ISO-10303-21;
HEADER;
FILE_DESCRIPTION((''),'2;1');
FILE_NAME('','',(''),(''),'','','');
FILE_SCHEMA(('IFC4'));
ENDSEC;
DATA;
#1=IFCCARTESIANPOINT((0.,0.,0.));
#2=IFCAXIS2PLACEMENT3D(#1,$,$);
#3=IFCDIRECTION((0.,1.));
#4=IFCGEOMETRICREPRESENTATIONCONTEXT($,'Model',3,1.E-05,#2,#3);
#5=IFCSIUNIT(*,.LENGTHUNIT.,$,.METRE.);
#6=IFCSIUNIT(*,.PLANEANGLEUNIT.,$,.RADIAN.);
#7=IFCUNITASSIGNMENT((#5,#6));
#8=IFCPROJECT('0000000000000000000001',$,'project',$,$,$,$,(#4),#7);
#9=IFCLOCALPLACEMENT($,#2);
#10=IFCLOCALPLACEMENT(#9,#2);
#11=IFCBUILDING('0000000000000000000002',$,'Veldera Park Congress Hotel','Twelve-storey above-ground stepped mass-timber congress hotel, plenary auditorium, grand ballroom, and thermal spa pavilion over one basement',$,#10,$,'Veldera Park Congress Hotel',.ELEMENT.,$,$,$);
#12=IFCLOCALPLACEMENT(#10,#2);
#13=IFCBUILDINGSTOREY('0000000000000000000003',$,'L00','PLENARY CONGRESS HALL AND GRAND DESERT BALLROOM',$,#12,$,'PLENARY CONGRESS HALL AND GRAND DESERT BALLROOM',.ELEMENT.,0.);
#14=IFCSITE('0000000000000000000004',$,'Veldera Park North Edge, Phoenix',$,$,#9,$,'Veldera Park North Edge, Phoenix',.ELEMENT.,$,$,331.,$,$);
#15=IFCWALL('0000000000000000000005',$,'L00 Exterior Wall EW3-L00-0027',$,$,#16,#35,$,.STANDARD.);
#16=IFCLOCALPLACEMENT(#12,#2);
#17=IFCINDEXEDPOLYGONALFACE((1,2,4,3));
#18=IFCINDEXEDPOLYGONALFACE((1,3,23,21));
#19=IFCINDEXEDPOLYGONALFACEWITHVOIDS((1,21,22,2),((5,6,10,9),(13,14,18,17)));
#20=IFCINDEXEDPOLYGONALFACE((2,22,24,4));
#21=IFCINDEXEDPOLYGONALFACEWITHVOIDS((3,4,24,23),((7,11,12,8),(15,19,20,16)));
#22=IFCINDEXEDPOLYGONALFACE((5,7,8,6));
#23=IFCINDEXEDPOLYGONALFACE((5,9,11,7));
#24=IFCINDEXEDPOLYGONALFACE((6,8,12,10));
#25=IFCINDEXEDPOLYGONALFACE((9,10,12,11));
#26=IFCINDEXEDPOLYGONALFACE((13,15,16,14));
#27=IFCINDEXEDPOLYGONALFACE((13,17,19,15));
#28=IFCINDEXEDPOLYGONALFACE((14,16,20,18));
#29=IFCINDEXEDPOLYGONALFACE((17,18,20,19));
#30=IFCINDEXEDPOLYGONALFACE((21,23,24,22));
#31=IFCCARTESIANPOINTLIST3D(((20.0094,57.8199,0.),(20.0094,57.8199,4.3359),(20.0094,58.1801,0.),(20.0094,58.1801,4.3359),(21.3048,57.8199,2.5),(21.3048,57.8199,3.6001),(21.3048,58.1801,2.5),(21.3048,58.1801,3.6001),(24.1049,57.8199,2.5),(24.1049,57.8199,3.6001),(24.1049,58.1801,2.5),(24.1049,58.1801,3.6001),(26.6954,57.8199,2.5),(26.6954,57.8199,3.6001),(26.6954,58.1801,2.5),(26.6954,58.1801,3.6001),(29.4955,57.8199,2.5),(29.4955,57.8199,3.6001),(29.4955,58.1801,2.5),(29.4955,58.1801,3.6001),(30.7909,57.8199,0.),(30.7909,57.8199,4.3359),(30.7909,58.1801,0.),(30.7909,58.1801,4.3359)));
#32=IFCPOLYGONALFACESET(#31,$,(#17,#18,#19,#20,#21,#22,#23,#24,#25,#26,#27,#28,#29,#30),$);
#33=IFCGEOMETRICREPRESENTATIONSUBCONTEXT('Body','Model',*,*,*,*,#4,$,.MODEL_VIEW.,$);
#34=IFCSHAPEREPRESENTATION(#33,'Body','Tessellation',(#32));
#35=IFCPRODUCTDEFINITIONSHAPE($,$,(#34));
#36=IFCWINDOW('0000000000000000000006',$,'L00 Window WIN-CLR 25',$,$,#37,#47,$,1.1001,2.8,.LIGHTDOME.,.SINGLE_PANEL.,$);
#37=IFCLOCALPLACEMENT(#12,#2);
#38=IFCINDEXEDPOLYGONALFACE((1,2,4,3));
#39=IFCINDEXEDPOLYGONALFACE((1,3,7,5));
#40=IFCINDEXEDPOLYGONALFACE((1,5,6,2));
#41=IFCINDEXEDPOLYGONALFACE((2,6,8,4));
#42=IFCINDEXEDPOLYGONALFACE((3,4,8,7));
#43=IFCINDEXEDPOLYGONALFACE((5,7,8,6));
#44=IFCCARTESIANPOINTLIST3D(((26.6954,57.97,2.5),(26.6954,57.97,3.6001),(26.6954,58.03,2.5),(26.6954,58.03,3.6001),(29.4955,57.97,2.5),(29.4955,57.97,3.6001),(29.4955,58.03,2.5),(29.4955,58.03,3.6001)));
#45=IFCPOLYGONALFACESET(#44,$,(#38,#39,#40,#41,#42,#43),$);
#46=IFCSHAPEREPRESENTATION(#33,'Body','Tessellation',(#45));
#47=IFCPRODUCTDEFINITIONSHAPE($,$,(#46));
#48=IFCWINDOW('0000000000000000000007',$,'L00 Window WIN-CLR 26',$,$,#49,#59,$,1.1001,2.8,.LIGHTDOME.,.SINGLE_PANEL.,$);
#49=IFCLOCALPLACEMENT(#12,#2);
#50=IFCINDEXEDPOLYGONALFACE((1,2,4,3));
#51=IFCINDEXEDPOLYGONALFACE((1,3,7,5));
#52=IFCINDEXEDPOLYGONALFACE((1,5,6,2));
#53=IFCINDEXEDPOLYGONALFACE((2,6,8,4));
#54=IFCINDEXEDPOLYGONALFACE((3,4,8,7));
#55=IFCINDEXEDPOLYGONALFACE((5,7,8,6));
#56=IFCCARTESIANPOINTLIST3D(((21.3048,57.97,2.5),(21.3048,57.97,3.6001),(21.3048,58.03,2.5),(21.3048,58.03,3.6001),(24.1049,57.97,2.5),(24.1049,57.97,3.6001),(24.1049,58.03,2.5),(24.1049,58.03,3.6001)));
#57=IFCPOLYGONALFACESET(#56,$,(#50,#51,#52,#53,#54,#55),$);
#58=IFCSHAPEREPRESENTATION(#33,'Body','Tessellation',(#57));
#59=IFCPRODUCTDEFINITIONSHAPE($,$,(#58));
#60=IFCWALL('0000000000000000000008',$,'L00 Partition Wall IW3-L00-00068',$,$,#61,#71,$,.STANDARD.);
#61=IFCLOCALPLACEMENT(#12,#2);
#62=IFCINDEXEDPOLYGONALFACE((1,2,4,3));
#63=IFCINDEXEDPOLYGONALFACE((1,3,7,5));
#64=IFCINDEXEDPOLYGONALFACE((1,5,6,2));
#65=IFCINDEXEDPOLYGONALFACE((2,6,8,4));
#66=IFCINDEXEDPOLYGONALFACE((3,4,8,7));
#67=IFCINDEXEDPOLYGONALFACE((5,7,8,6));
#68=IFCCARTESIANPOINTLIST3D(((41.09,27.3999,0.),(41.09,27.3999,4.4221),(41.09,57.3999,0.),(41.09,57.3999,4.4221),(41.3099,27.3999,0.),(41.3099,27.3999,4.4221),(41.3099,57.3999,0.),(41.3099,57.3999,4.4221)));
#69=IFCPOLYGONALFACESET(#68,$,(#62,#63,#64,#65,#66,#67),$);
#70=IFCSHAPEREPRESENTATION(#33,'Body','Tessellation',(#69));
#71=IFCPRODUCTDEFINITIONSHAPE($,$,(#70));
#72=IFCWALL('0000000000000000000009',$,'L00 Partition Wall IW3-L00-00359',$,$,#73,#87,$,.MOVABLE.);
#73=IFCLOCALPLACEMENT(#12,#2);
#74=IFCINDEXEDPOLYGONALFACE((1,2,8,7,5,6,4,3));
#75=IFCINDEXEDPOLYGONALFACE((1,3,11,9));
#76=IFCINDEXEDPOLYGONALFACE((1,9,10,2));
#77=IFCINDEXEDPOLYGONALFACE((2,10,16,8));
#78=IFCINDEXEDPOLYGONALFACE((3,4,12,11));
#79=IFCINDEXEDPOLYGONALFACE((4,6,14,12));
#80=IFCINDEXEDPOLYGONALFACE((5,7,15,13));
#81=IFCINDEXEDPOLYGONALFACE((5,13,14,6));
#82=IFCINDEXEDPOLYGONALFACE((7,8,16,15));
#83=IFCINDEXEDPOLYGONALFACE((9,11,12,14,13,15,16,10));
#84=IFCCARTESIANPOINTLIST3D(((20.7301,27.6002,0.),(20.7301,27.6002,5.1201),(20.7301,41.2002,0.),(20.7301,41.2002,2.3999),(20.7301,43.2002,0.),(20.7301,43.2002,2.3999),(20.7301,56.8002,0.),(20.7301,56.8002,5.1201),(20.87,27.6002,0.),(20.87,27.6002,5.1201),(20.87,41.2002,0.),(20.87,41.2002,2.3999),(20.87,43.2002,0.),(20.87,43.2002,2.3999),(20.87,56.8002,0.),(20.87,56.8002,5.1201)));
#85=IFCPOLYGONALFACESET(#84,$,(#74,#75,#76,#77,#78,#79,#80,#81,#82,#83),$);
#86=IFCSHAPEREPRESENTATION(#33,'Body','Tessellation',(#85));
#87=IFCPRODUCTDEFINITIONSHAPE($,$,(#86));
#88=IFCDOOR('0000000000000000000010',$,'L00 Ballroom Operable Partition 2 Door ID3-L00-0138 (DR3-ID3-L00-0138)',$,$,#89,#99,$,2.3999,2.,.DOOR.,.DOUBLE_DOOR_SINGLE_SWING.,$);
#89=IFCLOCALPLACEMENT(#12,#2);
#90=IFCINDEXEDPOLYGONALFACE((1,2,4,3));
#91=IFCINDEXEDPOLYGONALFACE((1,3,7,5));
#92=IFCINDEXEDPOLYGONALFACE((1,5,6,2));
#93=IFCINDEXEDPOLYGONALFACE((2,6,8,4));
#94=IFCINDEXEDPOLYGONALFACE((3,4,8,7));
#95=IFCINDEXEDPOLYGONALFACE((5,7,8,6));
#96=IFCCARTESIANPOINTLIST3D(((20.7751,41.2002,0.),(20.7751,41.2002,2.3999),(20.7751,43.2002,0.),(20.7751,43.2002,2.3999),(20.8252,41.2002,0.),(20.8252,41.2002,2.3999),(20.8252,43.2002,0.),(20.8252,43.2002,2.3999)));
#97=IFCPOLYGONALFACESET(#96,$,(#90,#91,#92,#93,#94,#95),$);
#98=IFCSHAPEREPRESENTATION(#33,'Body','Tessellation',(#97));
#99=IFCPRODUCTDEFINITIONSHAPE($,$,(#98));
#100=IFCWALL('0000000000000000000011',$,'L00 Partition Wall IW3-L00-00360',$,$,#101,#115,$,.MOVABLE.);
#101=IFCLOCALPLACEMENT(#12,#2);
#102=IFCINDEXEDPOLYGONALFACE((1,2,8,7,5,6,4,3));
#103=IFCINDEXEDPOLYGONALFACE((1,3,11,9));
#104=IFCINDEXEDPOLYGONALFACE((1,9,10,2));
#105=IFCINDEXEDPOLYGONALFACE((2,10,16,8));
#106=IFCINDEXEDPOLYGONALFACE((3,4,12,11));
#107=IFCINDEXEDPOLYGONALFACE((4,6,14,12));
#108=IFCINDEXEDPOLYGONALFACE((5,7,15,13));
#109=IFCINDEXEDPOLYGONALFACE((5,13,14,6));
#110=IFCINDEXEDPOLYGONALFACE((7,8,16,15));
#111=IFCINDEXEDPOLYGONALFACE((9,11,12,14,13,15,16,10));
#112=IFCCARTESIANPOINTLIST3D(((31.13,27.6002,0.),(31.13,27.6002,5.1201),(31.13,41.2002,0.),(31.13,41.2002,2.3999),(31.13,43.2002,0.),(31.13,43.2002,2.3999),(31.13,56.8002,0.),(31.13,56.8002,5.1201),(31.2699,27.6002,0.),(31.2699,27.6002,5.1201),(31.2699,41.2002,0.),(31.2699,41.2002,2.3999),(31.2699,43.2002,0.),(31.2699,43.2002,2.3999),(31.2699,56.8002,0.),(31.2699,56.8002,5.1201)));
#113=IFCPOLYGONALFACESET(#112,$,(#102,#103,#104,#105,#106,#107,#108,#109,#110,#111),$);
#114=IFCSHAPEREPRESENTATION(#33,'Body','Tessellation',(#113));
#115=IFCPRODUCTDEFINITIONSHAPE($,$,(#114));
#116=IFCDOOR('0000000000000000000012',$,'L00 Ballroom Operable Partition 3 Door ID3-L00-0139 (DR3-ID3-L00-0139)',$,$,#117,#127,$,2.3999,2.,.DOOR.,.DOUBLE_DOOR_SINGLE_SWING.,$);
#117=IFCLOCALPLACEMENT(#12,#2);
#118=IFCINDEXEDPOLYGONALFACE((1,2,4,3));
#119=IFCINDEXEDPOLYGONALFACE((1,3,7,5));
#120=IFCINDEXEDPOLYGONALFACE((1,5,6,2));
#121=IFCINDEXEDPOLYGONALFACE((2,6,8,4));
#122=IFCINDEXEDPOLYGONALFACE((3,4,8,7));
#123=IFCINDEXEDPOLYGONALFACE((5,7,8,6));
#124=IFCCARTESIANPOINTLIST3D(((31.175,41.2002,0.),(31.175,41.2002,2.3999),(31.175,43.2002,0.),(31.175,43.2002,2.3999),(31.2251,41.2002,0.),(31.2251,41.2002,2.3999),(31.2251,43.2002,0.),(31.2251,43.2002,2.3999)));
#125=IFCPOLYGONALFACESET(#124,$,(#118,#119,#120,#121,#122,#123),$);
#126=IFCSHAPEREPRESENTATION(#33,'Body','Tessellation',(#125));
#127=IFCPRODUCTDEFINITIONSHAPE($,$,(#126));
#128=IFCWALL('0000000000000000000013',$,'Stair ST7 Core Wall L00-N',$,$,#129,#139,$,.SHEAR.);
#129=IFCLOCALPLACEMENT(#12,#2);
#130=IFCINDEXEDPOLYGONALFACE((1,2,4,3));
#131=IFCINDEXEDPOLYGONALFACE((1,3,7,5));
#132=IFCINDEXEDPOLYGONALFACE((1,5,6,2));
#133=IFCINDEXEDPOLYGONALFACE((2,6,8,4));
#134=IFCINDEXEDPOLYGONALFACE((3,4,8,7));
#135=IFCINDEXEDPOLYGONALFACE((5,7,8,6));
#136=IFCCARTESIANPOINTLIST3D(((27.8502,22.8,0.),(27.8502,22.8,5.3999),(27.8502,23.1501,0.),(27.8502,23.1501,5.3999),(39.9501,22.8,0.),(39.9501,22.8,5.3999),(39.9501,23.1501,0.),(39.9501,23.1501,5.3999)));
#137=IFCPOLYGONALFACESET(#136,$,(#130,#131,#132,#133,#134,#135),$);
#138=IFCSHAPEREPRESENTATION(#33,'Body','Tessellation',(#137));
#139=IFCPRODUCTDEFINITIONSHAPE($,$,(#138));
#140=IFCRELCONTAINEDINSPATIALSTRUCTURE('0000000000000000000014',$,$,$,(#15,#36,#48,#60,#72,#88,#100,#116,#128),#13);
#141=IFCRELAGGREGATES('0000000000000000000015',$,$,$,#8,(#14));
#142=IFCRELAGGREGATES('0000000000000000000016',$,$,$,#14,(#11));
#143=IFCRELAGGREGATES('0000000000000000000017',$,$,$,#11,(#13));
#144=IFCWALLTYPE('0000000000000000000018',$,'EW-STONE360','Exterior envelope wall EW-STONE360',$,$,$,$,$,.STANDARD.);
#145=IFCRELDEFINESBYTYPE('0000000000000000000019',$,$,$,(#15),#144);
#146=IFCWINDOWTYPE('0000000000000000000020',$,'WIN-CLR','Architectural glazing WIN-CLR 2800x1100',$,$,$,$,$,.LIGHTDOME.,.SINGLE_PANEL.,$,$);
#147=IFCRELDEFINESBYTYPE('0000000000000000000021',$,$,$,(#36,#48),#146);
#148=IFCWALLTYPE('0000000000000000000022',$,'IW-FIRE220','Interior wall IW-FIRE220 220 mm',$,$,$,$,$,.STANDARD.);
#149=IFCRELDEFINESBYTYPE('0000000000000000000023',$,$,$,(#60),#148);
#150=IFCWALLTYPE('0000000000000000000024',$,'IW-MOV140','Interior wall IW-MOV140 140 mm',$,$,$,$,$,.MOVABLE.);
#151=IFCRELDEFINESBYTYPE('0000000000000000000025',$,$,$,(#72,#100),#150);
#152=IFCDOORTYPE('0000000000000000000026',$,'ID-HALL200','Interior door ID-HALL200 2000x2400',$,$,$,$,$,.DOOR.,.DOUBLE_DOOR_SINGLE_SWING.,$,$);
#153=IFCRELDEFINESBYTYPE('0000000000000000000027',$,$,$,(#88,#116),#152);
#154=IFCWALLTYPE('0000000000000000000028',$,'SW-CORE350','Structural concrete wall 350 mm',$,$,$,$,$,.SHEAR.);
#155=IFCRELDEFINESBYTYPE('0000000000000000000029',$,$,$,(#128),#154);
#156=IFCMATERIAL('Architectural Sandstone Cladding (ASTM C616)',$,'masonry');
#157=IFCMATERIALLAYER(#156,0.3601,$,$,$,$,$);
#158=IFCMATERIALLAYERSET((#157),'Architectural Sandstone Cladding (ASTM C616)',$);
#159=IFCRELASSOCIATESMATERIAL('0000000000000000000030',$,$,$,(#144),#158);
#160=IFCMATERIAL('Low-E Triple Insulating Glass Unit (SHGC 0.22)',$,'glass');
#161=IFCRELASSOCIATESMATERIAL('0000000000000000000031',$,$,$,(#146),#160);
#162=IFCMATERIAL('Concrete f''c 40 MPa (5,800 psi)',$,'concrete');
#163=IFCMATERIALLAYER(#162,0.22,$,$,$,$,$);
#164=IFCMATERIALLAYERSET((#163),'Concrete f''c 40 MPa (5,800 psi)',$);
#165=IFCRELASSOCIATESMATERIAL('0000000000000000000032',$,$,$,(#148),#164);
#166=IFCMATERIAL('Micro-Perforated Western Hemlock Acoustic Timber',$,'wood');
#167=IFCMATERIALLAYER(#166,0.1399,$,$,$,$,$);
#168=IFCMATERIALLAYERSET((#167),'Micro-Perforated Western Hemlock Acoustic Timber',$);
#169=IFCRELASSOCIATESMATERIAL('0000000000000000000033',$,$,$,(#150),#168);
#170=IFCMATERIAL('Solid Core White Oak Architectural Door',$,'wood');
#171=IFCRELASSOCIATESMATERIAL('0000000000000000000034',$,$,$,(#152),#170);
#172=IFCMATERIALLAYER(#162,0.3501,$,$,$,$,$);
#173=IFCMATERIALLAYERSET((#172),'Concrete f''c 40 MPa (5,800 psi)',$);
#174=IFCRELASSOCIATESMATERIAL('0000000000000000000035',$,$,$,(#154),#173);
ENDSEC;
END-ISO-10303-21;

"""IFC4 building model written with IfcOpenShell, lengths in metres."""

from ifc_helpers import new_model, si_unit, direction, frame, frame_2d, origin, place, context, subcontext, project, spatial, rectangle, extrude, material, layer, layer_set, type_object, element, fill, save


model = new_model("IFC4")

# Units and contexts
model_context = context("Model", 3, precision=1e-05, world=origin(), true_north=direction((0.0, 1.0)))
body_context = subcontext(model_context, "Body", "Model", "MODEL_VIEW")
ifc_project = project(units=[si_unit("LENGTHUNIT", "METRE"), si_unit("PLANEANGLEUNIT", "RADIAN")], contexts=[model_context])

# Site, building, storey
site_placement = place(None, origin())
site = spatial("IfcSite", under=ifc_project, at=site_placement, Name="Veldera Park North Edge, Phoenix", LongName="Veldera Park North Edge, Phoenix", CompositionType="ELEMENT", RefElevation=331.0)
building_placement = place(site_placement, origin())
building = spatial("IfcBuilding", under=site, at=building_placement, Name="Veldera Park Congress Hotel", Description="Twelve-storey above-ground stepped mass-timber congress hotel, plenary auditorium, grand ballroom, and thermal spa pavilion over one basement", LongName="Veldera Park Congress Hotel", CompositionType="ELEMENT")
storey_placement = place(building_placement, origin())
storey = spatial("IfcBuildingStorey", under=building, at=storey_placement, Name="L00", Description="PLENARY CONGRESS HALL AND GRAND DESERT BALLROOM", LongName="PLENARY CONGRESS HALL AND GRAND DESERT BALLROOM", CompositionType="ELEMENT", Elevation=0.0)

# Shared definitions
ifc_material_1 = material(Name="Architectural Sandstone Cladding (ASTM C616)", Category="masonry")
ifc_layer_1 = layer(ifc_material_1, 0.3601)
ifc_layer_set_1 = layer_set([ifc_layer_1], Name="Architectural Sandstone Cladding (ASTM C616)")
wall_type_1 = type_object("IfcWallType", Name="EW-STONE360", Description="Exterior envelope wall EW-STONE360", PredefinedType="STANDARD", material=ifc_layer_set_1)
ifc_material_2 = material(Name="Low-E Triple Insulating Glass Unit (SHGC 0.22)", Category="glass")
window_type = type_object("IfcWindowType", Name="WIN-CLR", Description="Architectural glazing WIN-CLR 2800x1100", PartitioningType="SINGLE_PANEL", PredefinedType="LIGHTDOME", material=ifc_material_2)

# Wall, openings, windows
wall_1_placement = place(storey_placement, frame((30.7908, 58.0, 0.0), z_axis=(0.0, 0.0, 1.0), x_axis=(-1.0, 0.0, 0.0)))
wall_1 = element("IfcWall", 1, at=wall_1_placement, inside=storey, type_object=wall_type_1, Name="L00 Exterior Wall EW3-L00-0027", PredefinedType="STANDARD", context=body_context, shape_type="SweptSolid", body=[
    extrude(rectangle(XDim=10.7815, YDim=0.3601, at=frame_2d((5.3906, 0.0))), origin(), (0.0, 0.0, 1.0), 4.3359),
])
opening_1_placement = place(wall_1_placement, frame((1.2954, 0.0, 2.5)))
opening_1 = element("IfcOpeningElement", 2, at=opening_1_placement, cuts=wall_1, PredefinedType="OPENING", context=body_context, shape_type="SweptSolid", body=[
    extrude(rectangle(XDim=2.8, YDim=1.1001, at=frame_2d((1.3999, 0.55))), frame((0.0, 0.1921, 0.0), z_axis=(0.0, -1.0, 0.0), x_axis=(1.0, 0.0, 0.0)), (0.0, 0.0, 1.0), 0.384),
])
opening_2_placement = place(wall_1_placement, frame((6.686, 0.0, 2.5)))
opening_2 = element("IfcOpeningElement", 3, at=opening_2_placement, cuts=wall_1, PredefinedType="OPENING", context=body_context, shape_type="SweptSolid", body=[
    extrude(rectangle(XDim=2.8, YDim=1.1001, at=frame_2d((1.3999, 0.55))), frame((0.0, 0.1921, 0.0), z_axis=(0.0, -1.0, 0.0), x_axis=(1.0, 0.0, 0.0)), (0.0, 0.0, 1.0), 0.384),
])
window_1_placement = place(opening_1_placement, origin())
window_1 = element("IfcWindow", 4, at=window_1_placement, inside=storey, type_object=window_type, Name="L00 Window WIN-CLR 25", OverallHeight=1.1001, OverallWidth=2.8, PartitioningType="SINGLE_PANEL", PredefinedType="LIGHTDOME", context=body_context, shape_type="SweptSolid", body=[
    extrude(rectangle(XDim=2.8, YDim=1.1001, at=frame_2d((1.3999, 0.55))), frame((0.0, 0.03, 0.0), z_axis=(0.0, -1.0, 0.0), x_axis=(1.0, 0.0, 0.0)), (0.0, 0.0, 1.0), 0.0601),
])
fill(opening_1, window_1)
window_2_placement = place(opening_2_placement, origin())
window_2 = element("IfcWindow", 5, at=window_2_placement, inside=storey, type_object=window_type, Name="L00 Window WIN-CLR 26", OverallHeight=1.1001, OverallWidth=2.8, PartitioningType="SINGLE_PANEL", PredefinedType="LIGHTDOME", context=body_context, shape_type="SweptSolid", body=[
    extrude(rectangle(XDim=2.8, YDim=1.1001, at=frame_2d((1.3999, 0.55))), frame((0.0, 0.03, 0.0), z_axis=(0.0, -1.0, 0.0), x_axis=(1.0, 0.0, 0.0)), (0.0, 0.0, 1.0), 0.0601),
])
fill(opening_2, window_2)

# Wall
ifc_material_3 = material(Name="Concrete f'c 40 MPa (5,800 psi)", Category="concrete")
ifc_layer_2 = layer(ifc_material_3, 0.22)
ifc_layer_set_2 = layer_set([ifc_layer_2], Name="Concrete f'c 40 MPa (5,800 psi)")
wall_type_2 = type_object("IfcWallType", Name="IW-FIRE220", Description="Interior wall IW-FIRE220 220 mm", PredefinedType="STANDARD", material=ifc_layer_set_2)
wall_2_placement = place(storey_placement, frame((41.2, 27.3999, 0.0), z_axis=(0.0, 0.0, 1.0), x_axis=(0.0, 1.0, 0.0)))
element("IfcWall", 6, at=wall_2_placement, inside=storey, type_object=wall_type_2, Name="L00 Partition Wall IW3-L00-00068", PredefinedType="STANDARD", context=body_context, shape_type="SweptSolid", body=[
    extrude(rectangle(XDim=30.0, YDim=0.22, at=frame_2d((15.0, 0.0))), origin(), (0.0, 0.0, 1.0), 4.4221),
])

# Walls, openings, doors
ifc_material_4 = material(Name="Micro-Perforated Western Hemlock Acoustic Timber", Category="wood")
ifc_layer_3 = layer(ifc_material_4, 0.1399)
ifc_layer_set_3 = layer_set([ifc_layer_3], Name="Micro-Perforated Western Hemlock Acoustic Timber")
wall_type_3 = type_object("IfcWallType", Name="IW-MOV140", Description="Interior wall IW-MOV140 140 mm", PredefinedType="MOVABLE", material=ifc_layer_set_3)
wall_3_placement = place(storey_placement, frame((20.8, 27.6001, 0.0), z_axis=(0.0, 0.0, 1.0), x_axis=(0.0, 1.0, 0.0)))
wall_3 = element("IfcWall", 7, at=wall_3_placement, inside=storey, type_object=wall_type_3, Name="L00 Partition Wall IW3-L00-00359", PredefinedType="MOVABLE", context=body_context, shape_type="SweptSolid", body=[
    extrude(rectangle(XDim=29.2, YDim=0.1399, at=frame_2d((14.6001, 0.0))), origin(), (0.0, 0.0, 1.0), 5.1201),
])
opening_3_placement = place(wall_3_placement, frame((13.6001, 0.0, 0.0)))
opening_3 = element("IfcOpeningElement", 8, at=opening_3_placement, cuts=wall_3, PredefinedType="OPENING", context=body_context, shape_type="SweptSolid", body=[
    extrude(rectangle(XDim=2.0, YDim=2.3999, at=frame_2d((1.0, 1.2))), frame((0.0, 0.082, 0.0), z_axis=(0.0, -1.0, 0.0), x_axis=(1.0, 0.0, 0.0)), (0.0, 0.0, 1.0), 0.1638),
])
ifc_material_5 = material(Name="Solid Core White Oak Architectural Door", Category="wood")
door_type_1 = type_object("IfcDoorType", Name="ID-HALL200", Description="Interior door ID-HALL200 2000x2400", OperationType="DOUBLE_DOOR_SINGLE_SWING", PredefinedType="DOOR", material=ifc_material_5)
door_1_placement = place(opening_3_placement, origin())
door_1 = element("IfcDoor", 9, at=door_1_placement, inside=storey, type_object=door_type_1, Name="L00 Ballroom Operable Partition 2 Door ID3-L00-0138 (DR3-ID3-L00-0138)", OperationType="DOUBLE_DOOR_SINGLE_SWING", OverallHeight=2.3999, OverallWidth=2.0, PredefinedType="DOOR", context=body_context, shape_type="SweptSolid", body=[
    extrude(rectangle(XDim=2.0, YDim=2.3999, at=frame_2d((1.0, 1.2))), frame((0.0, 0.0249, 0.0), z_axis=(0.0, -1.0, 0.0), x_axis=(1.0, 0.0, 0.0)), (0.0, 0.0, 1.0), 0.05),
])
fill(opening_3, door_1)
wall_4_placement = place(storey_placement, frame((31.2, 27.6001, 0.0), z_axis=(0.0, 0.0, 1.0), x_axis=(0.0, 1.0, 0.0)))
wall_4 = element("IfcWall", 10, at=wall_4_placement, inside=storey, type_object=wall_type_3, Name="L00 Partition Wall IW3-L00-00360", PredefinedType="MOVABLE", context=body_context, shape_type="SweptSolid", body=[
    extrude(rectangle(XDim=29.2, YDim=0.1399, at=frame_2d((14.6001, 0.0))), origin(), (0.0, 0.0, 1.0), 5.1201),
])
opening_4_placement = place(wall_4_placement, frame((13.6001, 0.0, 0.0)))
opening_4 = element("IfcOpeningElement", 11, at=opening_4_placement, cuts=wall_4, PredefinedType="OPENING", context=body_context, shape_type="SweptSolid", body=[
    extrude(rectangle(XDim=2.0, YDim=2.3999, at=frame_2d((1.0, 1.2))), frame((0.0, 0.082, 0.0), z_axis=(0.0, -1.0, 0.0), x_axis=(1.0, 0.0, 0.0)), (0.0, 0.0, 1.0), 0.1638),
])
door_2_placement = place(opening_4_placement, origin())
door_2 = element("IfcDoor", 12, at=door_2_placement, inside=storey, type_object=door_type_1, Name="L00 Ballroom Operable Partition 3 Door ID3-L00-0139 (DR3-ID3-L00-0139)", OperationType="DOUBLE_DOOR_SINGLE_SWING", OverallHeight=2.3999, OverallWidth=2.0, PredefinedType="DOOR", context=body_context, shape_type="SweptSolid", body=[
    extrude(rectangle(XDim=2.0, YDim=2.3999, at=frame_2d((1.0, 1.2))), frame((0.0, 0.0249, 0.0), z_axis=(0.0, -1.0, 0.0), x_axis=(1.0, 0.0, 0.0)), (0.0, 0.0, 1.0), 0.05),
])
fill(opening_4, door_2)

# Wall
ifc_layer_4 = layer(ifc_material_3, 0.3501)
ifc_layer_set_4 = layer_set([ifc_layer_4], Name="Concrete f'c 40 MPa (5,800 psi)")
wall_type_4 = type_object("IfcWallType", Name="SW-CORE350", Description="Structural concrete wall 350 mm", PredefinedType="SHEAR", material=ifc_layer_set_4)
wall_5_placement = place(storey_placement, frame((39.95, 22.9751, 0.0), z_axis=(0.0, 0.0, 1.0), x_axis=(-1.0, 0.0, 0.0)))
element("IfcWall", 13, at=wall_5_placement, inside=storey, type_object=wall_type_4, Name="Stair ST7 Core Wall L00-N", PredefinedType="SHEAR", context=body_context, shape_type="SweptSolid", body=[
    extrude(rectangle(XDim=12.0999, YDim=0.3501, at=frame_2d((6.0498, 0.0))), origin(), (0.0, 0.0, 1.0), 5.3999),
])

save(model, "model.ifc")
